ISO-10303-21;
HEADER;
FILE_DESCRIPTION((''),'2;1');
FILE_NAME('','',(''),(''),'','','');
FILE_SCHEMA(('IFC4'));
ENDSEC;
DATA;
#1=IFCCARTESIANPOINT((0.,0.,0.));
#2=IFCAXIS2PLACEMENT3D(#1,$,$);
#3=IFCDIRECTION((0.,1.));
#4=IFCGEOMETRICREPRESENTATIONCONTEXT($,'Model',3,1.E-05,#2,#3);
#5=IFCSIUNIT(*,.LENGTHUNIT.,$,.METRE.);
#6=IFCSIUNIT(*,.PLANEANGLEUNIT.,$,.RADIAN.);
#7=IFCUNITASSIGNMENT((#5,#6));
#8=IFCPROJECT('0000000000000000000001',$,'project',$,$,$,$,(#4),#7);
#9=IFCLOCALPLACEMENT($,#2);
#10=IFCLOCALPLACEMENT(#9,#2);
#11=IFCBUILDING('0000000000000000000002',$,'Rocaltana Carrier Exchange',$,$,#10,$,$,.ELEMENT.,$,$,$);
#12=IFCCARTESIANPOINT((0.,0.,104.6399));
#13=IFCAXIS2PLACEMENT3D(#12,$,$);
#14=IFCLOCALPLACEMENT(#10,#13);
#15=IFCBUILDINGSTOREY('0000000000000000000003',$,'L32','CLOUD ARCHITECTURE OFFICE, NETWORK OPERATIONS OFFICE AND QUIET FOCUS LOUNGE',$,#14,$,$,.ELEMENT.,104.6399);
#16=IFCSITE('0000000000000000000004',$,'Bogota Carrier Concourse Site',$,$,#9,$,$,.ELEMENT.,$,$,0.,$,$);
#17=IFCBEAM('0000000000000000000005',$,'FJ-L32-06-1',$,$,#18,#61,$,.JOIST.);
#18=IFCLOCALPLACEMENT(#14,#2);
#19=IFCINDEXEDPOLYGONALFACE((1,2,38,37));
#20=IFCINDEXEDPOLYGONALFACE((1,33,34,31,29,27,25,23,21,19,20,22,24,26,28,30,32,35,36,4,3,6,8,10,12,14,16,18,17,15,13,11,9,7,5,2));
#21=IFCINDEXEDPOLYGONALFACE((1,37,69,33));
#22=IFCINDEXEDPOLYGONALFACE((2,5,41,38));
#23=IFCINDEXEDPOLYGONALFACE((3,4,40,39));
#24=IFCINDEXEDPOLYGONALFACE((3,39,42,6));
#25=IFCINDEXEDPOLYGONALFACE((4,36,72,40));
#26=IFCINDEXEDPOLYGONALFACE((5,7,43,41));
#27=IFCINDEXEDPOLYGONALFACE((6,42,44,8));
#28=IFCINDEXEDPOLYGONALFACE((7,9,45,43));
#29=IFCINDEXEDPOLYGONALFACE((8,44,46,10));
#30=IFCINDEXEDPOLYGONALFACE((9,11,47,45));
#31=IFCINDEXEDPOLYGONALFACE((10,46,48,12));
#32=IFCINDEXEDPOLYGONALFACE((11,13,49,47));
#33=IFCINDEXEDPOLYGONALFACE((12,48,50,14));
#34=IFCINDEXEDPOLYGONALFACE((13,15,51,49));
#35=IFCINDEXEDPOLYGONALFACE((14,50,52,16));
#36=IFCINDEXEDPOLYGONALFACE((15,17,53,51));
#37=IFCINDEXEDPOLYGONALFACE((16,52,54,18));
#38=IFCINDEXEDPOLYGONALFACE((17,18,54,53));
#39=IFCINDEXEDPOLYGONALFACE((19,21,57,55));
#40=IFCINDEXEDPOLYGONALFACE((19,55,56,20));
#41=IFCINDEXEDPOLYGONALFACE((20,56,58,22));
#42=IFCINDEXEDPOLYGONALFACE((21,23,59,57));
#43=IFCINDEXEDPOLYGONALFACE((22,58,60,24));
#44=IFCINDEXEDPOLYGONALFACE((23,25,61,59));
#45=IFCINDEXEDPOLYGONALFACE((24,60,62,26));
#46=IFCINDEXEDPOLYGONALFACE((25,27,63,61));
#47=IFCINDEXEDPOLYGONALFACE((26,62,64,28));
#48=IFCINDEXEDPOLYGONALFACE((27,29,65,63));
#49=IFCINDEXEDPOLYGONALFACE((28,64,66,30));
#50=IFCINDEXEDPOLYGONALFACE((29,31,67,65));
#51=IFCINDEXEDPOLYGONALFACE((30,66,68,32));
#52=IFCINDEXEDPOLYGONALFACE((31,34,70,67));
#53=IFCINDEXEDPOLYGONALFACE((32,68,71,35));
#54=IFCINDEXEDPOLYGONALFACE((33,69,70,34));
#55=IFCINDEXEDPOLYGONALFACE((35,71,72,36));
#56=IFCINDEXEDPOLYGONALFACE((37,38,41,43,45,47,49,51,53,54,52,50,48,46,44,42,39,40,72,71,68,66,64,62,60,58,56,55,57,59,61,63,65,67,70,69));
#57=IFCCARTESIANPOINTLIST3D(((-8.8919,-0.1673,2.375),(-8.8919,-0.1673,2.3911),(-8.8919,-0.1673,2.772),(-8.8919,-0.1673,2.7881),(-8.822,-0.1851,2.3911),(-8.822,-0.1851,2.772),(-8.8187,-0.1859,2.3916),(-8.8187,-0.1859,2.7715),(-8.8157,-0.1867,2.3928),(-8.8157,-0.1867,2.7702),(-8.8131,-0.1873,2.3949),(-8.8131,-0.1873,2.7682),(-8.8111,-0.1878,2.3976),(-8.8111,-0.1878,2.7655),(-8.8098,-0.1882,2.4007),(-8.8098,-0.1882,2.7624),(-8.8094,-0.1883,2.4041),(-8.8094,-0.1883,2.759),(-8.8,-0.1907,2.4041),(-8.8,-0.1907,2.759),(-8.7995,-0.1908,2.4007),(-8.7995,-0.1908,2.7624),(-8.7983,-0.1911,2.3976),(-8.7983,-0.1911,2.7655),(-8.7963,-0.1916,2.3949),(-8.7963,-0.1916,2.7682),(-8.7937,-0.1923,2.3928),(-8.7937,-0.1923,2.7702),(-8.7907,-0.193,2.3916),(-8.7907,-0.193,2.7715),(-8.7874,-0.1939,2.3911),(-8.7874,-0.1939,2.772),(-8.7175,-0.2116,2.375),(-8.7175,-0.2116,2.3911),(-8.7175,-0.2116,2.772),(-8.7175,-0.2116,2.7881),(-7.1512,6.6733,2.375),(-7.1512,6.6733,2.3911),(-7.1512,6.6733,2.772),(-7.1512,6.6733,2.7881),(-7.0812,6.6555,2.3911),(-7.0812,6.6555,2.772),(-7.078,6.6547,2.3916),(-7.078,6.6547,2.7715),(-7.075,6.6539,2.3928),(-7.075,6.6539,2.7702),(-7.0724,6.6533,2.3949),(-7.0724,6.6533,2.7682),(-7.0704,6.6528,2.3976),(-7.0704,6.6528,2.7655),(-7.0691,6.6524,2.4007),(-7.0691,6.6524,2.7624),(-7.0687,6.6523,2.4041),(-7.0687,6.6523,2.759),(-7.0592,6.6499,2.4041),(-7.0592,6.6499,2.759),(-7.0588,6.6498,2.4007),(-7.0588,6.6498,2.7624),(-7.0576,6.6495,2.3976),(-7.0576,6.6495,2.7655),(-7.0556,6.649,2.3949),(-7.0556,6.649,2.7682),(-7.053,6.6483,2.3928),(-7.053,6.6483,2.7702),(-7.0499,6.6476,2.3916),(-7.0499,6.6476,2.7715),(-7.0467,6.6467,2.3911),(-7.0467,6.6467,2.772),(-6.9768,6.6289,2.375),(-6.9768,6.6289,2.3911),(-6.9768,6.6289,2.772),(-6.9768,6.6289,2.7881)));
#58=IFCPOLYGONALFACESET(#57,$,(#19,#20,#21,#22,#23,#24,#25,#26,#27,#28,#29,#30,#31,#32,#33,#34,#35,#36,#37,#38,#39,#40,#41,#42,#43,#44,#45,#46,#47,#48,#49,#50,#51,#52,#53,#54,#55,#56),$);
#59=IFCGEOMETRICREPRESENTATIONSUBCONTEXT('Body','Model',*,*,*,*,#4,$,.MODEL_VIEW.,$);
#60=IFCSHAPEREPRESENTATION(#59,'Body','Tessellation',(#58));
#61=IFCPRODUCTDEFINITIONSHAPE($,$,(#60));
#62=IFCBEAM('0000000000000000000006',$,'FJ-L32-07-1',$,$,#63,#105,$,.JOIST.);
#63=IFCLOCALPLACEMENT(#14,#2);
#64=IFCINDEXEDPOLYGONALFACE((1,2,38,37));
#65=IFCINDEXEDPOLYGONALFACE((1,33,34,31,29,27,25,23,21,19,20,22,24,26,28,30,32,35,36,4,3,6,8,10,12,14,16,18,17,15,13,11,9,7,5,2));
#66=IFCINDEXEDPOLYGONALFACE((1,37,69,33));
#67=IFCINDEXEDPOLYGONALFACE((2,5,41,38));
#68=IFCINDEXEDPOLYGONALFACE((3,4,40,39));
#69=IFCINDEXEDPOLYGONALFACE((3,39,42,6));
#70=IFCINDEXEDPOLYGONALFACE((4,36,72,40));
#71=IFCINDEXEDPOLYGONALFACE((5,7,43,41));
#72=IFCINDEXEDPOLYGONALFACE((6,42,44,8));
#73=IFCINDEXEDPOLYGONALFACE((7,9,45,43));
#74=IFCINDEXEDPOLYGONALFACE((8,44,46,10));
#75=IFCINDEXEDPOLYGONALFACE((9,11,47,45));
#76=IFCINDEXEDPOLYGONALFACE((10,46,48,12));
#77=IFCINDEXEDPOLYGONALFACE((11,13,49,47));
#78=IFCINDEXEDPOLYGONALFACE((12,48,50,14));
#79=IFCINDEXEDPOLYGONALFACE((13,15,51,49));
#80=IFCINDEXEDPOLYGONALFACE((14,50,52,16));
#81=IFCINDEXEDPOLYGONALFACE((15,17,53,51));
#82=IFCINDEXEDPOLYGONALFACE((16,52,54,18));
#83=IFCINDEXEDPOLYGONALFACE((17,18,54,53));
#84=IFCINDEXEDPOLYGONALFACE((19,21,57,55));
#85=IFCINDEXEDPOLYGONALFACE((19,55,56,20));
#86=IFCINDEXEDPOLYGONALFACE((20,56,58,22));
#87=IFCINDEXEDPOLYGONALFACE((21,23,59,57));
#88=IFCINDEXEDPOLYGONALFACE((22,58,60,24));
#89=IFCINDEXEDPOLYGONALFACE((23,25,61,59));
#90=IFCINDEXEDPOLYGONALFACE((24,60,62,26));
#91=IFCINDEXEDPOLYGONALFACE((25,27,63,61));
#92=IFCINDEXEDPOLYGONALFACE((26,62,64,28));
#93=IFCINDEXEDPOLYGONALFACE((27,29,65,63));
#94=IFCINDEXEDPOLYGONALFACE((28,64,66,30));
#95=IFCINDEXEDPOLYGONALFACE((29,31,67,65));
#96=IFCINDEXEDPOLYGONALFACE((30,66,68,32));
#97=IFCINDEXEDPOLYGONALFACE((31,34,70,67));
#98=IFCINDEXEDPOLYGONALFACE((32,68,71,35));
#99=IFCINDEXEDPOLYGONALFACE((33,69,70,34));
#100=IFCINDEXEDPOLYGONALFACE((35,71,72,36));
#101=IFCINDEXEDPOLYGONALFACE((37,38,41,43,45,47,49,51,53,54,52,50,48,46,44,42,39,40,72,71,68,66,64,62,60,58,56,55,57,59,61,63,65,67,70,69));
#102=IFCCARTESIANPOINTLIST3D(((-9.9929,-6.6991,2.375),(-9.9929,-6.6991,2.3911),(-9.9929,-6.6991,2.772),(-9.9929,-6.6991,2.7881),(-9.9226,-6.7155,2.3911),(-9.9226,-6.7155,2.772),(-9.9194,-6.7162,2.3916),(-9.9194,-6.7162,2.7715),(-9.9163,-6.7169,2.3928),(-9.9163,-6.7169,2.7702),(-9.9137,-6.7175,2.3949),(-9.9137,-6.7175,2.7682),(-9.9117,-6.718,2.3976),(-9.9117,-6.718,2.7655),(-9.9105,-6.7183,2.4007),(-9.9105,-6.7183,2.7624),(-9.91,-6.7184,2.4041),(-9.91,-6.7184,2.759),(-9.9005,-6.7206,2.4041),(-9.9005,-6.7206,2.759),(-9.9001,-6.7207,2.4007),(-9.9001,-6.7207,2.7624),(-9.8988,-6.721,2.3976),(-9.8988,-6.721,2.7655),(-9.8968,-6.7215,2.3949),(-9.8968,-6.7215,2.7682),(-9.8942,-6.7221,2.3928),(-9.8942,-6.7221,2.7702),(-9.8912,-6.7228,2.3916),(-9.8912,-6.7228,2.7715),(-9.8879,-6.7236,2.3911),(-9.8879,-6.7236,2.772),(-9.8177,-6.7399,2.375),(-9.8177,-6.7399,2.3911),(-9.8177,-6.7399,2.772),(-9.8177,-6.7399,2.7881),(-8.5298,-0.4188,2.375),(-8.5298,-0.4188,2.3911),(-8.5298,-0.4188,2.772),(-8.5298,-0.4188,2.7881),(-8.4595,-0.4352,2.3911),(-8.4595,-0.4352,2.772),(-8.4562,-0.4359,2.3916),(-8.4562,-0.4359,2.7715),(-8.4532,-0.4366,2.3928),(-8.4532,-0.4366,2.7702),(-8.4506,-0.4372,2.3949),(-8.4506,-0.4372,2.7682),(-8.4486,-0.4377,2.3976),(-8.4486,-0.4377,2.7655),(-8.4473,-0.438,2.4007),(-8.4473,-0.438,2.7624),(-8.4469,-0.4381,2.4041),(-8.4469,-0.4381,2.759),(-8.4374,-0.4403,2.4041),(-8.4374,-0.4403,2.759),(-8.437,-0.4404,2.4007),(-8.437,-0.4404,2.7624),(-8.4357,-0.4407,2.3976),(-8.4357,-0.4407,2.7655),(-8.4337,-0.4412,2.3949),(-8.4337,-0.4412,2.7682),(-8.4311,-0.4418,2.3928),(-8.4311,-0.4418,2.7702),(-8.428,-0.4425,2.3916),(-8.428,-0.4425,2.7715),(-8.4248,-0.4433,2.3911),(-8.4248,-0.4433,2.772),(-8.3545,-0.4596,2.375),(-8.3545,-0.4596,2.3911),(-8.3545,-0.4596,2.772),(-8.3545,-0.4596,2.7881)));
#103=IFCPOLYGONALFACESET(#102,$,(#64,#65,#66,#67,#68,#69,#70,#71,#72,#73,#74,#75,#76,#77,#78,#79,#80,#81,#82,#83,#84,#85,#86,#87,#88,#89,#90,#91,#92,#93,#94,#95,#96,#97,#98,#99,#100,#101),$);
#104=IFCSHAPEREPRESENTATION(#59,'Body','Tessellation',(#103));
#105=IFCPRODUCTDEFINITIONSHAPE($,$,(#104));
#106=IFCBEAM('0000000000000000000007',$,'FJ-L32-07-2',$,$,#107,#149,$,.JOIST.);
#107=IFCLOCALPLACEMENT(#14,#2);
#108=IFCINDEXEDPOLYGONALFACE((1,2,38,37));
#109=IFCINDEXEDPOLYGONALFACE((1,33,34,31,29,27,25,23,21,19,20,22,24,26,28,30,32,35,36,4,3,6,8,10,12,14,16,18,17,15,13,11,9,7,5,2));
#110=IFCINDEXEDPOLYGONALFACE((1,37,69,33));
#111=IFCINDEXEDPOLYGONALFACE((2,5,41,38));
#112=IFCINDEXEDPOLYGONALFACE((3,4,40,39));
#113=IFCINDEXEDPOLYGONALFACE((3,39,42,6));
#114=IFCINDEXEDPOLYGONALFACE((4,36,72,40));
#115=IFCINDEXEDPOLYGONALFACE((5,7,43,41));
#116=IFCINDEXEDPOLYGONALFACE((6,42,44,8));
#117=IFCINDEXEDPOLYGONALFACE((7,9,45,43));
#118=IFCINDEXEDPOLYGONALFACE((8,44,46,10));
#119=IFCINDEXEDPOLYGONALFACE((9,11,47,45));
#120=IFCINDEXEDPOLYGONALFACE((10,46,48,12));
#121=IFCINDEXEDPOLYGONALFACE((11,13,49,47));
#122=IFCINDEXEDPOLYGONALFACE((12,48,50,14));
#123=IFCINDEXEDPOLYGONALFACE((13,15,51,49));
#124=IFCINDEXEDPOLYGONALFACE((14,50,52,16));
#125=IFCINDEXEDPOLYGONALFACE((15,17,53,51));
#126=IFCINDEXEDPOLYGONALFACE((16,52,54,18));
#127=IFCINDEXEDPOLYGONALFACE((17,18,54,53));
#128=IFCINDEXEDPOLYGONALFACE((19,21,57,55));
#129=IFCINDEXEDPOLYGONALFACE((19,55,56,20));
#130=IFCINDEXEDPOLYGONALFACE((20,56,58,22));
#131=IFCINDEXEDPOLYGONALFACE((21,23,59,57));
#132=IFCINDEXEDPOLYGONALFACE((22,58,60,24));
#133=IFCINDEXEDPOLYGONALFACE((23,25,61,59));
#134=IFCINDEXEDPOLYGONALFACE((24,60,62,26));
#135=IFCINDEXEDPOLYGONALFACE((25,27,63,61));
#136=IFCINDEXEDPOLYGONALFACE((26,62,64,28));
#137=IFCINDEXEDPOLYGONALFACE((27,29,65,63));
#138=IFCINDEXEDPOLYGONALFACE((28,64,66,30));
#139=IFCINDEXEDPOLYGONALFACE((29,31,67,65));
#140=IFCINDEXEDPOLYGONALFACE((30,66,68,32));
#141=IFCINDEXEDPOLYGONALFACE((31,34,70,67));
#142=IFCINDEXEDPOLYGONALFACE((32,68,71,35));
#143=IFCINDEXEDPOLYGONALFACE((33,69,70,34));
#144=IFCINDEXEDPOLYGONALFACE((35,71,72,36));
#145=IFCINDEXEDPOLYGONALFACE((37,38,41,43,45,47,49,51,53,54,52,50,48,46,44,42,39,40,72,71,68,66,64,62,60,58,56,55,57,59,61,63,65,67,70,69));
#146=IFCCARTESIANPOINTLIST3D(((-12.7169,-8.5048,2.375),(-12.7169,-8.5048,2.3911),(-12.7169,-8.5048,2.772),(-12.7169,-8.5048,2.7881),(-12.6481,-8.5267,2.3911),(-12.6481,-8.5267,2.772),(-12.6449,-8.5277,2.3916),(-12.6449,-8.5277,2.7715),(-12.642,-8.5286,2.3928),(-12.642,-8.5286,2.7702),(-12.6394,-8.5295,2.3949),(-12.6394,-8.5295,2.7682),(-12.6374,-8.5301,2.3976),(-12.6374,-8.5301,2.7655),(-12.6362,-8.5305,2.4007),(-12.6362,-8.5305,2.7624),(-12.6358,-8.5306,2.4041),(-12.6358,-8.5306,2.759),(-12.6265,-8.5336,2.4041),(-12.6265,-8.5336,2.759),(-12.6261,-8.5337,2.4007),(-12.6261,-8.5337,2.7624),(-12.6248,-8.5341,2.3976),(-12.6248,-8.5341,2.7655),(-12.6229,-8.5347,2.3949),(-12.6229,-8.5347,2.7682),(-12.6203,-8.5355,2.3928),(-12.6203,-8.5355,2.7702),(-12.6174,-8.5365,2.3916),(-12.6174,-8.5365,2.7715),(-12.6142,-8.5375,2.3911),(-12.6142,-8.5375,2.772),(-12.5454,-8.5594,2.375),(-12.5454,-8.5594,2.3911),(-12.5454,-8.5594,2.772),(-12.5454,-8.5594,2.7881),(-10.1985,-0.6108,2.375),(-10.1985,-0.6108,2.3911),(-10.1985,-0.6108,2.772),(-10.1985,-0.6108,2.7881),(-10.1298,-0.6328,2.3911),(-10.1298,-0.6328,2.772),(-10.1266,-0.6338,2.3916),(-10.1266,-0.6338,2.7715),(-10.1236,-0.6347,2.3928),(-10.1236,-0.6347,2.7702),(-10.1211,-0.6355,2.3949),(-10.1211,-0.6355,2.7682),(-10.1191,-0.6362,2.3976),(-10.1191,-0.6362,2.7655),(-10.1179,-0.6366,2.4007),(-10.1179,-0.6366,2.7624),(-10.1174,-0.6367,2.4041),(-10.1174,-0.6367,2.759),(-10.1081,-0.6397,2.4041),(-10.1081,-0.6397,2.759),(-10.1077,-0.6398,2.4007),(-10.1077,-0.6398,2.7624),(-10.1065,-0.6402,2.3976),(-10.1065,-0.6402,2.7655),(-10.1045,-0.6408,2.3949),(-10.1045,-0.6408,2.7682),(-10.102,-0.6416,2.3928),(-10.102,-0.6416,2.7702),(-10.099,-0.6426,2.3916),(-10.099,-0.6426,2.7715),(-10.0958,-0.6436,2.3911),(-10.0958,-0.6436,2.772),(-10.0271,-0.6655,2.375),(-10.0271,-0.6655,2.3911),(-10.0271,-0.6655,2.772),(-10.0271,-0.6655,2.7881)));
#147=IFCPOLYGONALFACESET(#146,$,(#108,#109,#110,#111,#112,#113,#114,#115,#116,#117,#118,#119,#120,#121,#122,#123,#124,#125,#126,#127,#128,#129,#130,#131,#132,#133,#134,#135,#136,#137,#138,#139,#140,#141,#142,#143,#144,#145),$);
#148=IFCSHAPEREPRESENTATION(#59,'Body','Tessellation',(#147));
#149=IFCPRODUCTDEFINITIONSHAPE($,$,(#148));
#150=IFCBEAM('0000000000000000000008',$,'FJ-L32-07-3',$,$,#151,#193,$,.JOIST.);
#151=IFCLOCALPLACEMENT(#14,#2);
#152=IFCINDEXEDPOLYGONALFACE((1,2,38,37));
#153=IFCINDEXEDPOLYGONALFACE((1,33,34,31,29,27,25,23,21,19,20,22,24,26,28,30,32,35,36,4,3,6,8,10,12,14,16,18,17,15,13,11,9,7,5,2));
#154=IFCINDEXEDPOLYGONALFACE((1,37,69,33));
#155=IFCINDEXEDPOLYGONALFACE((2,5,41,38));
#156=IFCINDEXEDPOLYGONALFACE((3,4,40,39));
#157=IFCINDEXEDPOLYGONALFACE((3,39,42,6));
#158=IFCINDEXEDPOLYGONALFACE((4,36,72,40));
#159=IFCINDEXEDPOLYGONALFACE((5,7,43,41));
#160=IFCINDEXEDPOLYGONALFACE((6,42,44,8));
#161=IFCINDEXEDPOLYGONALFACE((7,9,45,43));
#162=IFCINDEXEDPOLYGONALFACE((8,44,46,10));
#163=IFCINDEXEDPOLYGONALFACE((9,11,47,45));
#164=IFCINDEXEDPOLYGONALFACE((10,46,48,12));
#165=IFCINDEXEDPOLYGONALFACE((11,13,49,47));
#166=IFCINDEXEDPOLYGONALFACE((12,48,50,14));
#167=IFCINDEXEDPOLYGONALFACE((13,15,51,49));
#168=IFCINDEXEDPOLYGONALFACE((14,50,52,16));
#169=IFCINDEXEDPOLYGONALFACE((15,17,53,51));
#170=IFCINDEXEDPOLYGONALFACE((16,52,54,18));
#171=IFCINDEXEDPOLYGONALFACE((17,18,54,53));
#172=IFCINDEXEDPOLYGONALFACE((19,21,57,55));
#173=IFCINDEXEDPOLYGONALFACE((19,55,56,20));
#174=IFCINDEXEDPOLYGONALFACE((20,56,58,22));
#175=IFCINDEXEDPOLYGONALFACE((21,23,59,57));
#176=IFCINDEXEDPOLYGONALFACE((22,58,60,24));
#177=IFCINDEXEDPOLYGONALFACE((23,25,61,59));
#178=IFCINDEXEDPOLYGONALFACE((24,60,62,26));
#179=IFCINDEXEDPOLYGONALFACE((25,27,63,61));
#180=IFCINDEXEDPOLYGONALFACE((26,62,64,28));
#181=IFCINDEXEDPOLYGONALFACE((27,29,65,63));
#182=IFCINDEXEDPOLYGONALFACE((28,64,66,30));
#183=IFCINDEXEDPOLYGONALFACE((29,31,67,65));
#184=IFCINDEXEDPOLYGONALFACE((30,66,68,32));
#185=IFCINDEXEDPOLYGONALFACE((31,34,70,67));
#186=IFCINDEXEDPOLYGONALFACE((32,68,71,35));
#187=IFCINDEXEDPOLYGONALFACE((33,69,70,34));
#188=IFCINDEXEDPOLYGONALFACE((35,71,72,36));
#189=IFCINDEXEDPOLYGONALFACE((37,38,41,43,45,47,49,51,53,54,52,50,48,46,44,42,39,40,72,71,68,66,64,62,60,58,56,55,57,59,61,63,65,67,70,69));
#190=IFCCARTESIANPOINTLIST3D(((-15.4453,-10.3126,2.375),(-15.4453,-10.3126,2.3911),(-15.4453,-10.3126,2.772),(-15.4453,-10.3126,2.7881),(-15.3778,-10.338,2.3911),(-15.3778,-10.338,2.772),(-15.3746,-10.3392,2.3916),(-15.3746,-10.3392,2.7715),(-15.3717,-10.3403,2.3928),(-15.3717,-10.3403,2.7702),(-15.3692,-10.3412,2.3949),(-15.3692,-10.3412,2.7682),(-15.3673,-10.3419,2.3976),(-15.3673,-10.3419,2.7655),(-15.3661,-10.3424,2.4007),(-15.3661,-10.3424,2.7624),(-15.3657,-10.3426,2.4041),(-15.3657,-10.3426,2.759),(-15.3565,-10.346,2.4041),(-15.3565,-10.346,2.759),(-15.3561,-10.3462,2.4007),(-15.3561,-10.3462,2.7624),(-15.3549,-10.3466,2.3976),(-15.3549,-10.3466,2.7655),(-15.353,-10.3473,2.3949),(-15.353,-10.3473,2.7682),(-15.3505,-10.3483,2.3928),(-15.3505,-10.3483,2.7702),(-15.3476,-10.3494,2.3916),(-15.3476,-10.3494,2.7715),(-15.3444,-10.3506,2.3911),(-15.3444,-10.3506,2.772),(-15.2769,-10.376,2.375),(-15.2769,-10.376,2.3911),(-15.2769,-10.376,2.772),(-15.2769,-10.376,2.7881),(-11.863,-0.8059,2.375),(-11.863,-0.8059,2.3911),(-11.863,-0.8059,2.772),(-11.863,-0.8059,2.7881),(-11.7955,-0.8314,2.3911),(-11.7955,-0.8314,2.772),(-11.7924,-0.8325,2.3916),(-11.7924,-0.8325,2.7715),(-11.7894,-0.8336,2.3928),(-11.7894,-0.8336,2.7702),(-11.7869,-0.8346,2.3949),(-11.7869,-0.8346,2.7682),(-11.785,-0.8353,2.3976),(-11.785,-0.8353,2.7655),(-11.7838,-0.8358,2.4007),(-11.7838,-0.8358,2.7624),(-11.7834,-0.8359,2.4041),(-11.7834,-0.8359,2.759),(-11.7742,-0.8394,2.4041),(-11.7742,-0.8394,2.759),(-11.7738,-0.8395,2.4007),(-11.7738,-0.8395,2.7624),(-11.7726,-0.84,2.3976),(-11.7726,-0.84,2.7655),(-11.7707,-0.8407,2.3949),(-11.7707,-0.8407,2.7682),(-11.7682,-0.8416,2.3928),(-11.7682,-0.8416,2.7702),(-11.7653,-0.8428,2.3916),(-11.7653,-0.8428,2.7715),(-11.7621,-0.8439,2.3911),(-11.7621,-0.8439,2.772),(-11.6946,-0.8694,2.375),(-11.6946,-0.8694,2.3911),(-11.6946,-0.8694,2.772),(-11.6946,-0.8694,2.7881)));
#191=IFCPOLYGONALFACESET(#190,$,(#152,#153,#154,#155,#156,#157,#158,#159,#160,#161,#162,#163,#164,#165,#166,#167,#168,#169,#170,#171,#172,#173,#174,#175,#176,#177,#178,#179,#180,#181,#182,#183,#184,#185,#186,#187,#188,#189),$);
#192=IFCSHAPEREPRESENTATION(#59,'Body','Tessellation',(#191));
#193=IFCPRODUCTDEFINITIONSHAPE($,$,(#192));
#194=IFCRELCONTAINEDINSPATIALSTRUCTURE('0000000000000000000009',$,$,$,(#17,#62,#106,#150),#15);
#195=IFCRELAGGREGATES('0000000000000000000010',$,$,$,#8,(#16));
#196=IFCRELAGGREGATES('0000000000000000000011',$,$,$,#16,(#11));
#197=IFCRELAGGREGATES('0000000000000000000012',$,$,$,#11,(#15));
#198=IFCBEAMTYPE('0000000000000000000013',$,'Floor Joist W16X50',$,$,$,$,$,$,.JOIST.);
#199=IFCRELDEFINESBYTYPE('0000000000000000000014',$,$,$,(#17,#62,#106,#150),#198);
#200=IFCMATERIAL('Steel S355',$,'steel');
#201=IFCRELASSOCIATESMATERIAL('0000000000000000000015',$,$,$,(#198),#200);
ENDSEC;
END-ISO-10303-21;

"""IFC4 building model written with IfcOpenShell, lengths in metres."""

from ifc_helpers import new_model, si_unit, direction, frame, origin, origin_2d, place, context, subcontext, project, spatial, i_section, extrude, material, material_profile, profile_set, type_object, element, save


model = new_model("IFC4")

# Units and contexts
model_context = context("Model", 3, precision=1e-05, world=origin(), true_north=direction((0.0, 1.0)))
body_context = subcontext(model_context, "Body", "Model", "MODEL_VIEW")
ifc_project = project(units=[si_unit("LENGTHUNIT", "METRE"), si_unit("PLANEANGLEUNIT", "RADIAN")], contexts=[model_context])

# Site, building, storey
site_placement = place(None, origin())
site = spatial("IfcSite", under=ifc_project, at=site_placement, Name="Bogota Carrier Concourse Site", CompositionType="ELEMENT", RefElevation=0.0)
building_placement = place(site_placement, origin())
building = spatial("IfcBuilding", under=site, at=building_placement, Name="Rocaltana Carrier Exchange", CompositionType="ELEMENT")
storey_placement = place(building_placement, frame((0.0, 0.0, 104.6399)))
storey = spatial("IfcBuildingStorey", under=building, at=storey_placement, Name="L32", Description="CLOUD ARCHITECTURE OFFICE, NETWORK OPERATIONS OFFICE AND QUIET FOCUS LOUNGE", CompositionType="ELEMENT", Elevation=104.6399)

# Beams
ifc_material_1 = material(Name="Steel S355", Category="steel")
ifc_material_profile_1 = material_profile(ifc_material_1, i_section(OverallWidth=0.1799, OverallDepth=0.4131, WebThickness=0.0098, FlangeThickness=0.0161, FilletRadius=0.0129, at=origin_2d()), Name="W16X50")
ifc_profile_set_1 = profile_set([ifc_material_profile_1], Name="Steel S355")
beam_type_1 = type_object("IfcBeamType", Name="Floor Joist W16X50", PredefinedType="JOIST", material=ifc_profile_set_1)
beam_1_placement = place(storey_placement, frame((-7.064, 6.6511, 2.5815), z_axis=(-0.246611, -0.969115, 0.0), x_axis=(0.969115, -0.246611, 0.0)))
element("IfcBeam", 1, at=beam_1_placement, inside=storey, type_object=beam_type_1, Name="FJ-L32-06-1", PredefinedType="JOIST", context=body_context, shape_type="SweptSolid", body=[
    extrude(i_section(OverallWidth=0.1799, OverallDepth=0.4131, WebThickness=0.0098, FlangeThickness=0.0161, FilletRadius=0.0129, at=origin_2d()), origin(), (0.0, 0.0, 1.0), 7.0586),
])
beam_2_placement = place(storey_placement, frame((-8.4421, -0.4392, 2.5815), z_axis=(-0.226897, -0.973919, 0.0), x_axis=(0.973919, -0.226897, 0.0)))
element("IfcBeam", 2, at=beam_2_placement, inside=storey, type_object=beam_type_1, Name="FJ-L32-07-1", PredefinedType="JOIST", context=body_context, shape_type="SweptSolid", body=[
    extrude(i_section(OverallWidth=0.1799, OverallDepth=0.4131, WebThickness=0.0098, FlangeThickness=0.0161, FilletRadius=0.0129, at=origin_2d()), origin(), (0.0, 0.0, 1.0), 6.4485),
])
beam_3_placement = place(storey_placement, frame((-10.1128, -0.6382, 2.5815), z_axis=(-0.303932, -0.952694, 0.0), x_axis=(0.952694, -0.303932, 0.0)))
element("IfcBeam", 3, at=beam_3_placement, inside=storey, type_object=beam_type_1, Name="FJ-L32-07-2", PredefinedType="JOIST", context=body_context, shape_type="SweptSolid", body=[
    extrude(i_section(OverallWidth=0.1799, OverallDepth=0.4131, WebThickness=0.0098, FlangeThickness=0.0161, FilletRadius=0.0129, at=origin_2d()), origin(), (0.0, 0.0, 1.0), 8.2859),
])
beam_4_placement = place(storey_placement, frame((-11.7788, -0.8376, 2.5815), z_axis=(-0.352616, -0.935768, 0.0), x_axis=(0.935768, -0.352616, 0.0)))
element("IfcBeam", 4, at=beam_4_placement, inside=storey, type_object=beam_type_1, Name="FJ-L32-07-3", PredefinedType="JOIST", context=body_context, shape_type="SweptSolid", body=[
    extrude(i_section(OverallWidth=0.1799, OverallDepth=0.4131, WebThickness=0.0098, FlangeThickness=0.0161, FilletRadius=0.0129, at=origin_2d()), origin(), (0.0, 0.0, 1.0), 10.1592),
])

save(model, "model.ifc")
